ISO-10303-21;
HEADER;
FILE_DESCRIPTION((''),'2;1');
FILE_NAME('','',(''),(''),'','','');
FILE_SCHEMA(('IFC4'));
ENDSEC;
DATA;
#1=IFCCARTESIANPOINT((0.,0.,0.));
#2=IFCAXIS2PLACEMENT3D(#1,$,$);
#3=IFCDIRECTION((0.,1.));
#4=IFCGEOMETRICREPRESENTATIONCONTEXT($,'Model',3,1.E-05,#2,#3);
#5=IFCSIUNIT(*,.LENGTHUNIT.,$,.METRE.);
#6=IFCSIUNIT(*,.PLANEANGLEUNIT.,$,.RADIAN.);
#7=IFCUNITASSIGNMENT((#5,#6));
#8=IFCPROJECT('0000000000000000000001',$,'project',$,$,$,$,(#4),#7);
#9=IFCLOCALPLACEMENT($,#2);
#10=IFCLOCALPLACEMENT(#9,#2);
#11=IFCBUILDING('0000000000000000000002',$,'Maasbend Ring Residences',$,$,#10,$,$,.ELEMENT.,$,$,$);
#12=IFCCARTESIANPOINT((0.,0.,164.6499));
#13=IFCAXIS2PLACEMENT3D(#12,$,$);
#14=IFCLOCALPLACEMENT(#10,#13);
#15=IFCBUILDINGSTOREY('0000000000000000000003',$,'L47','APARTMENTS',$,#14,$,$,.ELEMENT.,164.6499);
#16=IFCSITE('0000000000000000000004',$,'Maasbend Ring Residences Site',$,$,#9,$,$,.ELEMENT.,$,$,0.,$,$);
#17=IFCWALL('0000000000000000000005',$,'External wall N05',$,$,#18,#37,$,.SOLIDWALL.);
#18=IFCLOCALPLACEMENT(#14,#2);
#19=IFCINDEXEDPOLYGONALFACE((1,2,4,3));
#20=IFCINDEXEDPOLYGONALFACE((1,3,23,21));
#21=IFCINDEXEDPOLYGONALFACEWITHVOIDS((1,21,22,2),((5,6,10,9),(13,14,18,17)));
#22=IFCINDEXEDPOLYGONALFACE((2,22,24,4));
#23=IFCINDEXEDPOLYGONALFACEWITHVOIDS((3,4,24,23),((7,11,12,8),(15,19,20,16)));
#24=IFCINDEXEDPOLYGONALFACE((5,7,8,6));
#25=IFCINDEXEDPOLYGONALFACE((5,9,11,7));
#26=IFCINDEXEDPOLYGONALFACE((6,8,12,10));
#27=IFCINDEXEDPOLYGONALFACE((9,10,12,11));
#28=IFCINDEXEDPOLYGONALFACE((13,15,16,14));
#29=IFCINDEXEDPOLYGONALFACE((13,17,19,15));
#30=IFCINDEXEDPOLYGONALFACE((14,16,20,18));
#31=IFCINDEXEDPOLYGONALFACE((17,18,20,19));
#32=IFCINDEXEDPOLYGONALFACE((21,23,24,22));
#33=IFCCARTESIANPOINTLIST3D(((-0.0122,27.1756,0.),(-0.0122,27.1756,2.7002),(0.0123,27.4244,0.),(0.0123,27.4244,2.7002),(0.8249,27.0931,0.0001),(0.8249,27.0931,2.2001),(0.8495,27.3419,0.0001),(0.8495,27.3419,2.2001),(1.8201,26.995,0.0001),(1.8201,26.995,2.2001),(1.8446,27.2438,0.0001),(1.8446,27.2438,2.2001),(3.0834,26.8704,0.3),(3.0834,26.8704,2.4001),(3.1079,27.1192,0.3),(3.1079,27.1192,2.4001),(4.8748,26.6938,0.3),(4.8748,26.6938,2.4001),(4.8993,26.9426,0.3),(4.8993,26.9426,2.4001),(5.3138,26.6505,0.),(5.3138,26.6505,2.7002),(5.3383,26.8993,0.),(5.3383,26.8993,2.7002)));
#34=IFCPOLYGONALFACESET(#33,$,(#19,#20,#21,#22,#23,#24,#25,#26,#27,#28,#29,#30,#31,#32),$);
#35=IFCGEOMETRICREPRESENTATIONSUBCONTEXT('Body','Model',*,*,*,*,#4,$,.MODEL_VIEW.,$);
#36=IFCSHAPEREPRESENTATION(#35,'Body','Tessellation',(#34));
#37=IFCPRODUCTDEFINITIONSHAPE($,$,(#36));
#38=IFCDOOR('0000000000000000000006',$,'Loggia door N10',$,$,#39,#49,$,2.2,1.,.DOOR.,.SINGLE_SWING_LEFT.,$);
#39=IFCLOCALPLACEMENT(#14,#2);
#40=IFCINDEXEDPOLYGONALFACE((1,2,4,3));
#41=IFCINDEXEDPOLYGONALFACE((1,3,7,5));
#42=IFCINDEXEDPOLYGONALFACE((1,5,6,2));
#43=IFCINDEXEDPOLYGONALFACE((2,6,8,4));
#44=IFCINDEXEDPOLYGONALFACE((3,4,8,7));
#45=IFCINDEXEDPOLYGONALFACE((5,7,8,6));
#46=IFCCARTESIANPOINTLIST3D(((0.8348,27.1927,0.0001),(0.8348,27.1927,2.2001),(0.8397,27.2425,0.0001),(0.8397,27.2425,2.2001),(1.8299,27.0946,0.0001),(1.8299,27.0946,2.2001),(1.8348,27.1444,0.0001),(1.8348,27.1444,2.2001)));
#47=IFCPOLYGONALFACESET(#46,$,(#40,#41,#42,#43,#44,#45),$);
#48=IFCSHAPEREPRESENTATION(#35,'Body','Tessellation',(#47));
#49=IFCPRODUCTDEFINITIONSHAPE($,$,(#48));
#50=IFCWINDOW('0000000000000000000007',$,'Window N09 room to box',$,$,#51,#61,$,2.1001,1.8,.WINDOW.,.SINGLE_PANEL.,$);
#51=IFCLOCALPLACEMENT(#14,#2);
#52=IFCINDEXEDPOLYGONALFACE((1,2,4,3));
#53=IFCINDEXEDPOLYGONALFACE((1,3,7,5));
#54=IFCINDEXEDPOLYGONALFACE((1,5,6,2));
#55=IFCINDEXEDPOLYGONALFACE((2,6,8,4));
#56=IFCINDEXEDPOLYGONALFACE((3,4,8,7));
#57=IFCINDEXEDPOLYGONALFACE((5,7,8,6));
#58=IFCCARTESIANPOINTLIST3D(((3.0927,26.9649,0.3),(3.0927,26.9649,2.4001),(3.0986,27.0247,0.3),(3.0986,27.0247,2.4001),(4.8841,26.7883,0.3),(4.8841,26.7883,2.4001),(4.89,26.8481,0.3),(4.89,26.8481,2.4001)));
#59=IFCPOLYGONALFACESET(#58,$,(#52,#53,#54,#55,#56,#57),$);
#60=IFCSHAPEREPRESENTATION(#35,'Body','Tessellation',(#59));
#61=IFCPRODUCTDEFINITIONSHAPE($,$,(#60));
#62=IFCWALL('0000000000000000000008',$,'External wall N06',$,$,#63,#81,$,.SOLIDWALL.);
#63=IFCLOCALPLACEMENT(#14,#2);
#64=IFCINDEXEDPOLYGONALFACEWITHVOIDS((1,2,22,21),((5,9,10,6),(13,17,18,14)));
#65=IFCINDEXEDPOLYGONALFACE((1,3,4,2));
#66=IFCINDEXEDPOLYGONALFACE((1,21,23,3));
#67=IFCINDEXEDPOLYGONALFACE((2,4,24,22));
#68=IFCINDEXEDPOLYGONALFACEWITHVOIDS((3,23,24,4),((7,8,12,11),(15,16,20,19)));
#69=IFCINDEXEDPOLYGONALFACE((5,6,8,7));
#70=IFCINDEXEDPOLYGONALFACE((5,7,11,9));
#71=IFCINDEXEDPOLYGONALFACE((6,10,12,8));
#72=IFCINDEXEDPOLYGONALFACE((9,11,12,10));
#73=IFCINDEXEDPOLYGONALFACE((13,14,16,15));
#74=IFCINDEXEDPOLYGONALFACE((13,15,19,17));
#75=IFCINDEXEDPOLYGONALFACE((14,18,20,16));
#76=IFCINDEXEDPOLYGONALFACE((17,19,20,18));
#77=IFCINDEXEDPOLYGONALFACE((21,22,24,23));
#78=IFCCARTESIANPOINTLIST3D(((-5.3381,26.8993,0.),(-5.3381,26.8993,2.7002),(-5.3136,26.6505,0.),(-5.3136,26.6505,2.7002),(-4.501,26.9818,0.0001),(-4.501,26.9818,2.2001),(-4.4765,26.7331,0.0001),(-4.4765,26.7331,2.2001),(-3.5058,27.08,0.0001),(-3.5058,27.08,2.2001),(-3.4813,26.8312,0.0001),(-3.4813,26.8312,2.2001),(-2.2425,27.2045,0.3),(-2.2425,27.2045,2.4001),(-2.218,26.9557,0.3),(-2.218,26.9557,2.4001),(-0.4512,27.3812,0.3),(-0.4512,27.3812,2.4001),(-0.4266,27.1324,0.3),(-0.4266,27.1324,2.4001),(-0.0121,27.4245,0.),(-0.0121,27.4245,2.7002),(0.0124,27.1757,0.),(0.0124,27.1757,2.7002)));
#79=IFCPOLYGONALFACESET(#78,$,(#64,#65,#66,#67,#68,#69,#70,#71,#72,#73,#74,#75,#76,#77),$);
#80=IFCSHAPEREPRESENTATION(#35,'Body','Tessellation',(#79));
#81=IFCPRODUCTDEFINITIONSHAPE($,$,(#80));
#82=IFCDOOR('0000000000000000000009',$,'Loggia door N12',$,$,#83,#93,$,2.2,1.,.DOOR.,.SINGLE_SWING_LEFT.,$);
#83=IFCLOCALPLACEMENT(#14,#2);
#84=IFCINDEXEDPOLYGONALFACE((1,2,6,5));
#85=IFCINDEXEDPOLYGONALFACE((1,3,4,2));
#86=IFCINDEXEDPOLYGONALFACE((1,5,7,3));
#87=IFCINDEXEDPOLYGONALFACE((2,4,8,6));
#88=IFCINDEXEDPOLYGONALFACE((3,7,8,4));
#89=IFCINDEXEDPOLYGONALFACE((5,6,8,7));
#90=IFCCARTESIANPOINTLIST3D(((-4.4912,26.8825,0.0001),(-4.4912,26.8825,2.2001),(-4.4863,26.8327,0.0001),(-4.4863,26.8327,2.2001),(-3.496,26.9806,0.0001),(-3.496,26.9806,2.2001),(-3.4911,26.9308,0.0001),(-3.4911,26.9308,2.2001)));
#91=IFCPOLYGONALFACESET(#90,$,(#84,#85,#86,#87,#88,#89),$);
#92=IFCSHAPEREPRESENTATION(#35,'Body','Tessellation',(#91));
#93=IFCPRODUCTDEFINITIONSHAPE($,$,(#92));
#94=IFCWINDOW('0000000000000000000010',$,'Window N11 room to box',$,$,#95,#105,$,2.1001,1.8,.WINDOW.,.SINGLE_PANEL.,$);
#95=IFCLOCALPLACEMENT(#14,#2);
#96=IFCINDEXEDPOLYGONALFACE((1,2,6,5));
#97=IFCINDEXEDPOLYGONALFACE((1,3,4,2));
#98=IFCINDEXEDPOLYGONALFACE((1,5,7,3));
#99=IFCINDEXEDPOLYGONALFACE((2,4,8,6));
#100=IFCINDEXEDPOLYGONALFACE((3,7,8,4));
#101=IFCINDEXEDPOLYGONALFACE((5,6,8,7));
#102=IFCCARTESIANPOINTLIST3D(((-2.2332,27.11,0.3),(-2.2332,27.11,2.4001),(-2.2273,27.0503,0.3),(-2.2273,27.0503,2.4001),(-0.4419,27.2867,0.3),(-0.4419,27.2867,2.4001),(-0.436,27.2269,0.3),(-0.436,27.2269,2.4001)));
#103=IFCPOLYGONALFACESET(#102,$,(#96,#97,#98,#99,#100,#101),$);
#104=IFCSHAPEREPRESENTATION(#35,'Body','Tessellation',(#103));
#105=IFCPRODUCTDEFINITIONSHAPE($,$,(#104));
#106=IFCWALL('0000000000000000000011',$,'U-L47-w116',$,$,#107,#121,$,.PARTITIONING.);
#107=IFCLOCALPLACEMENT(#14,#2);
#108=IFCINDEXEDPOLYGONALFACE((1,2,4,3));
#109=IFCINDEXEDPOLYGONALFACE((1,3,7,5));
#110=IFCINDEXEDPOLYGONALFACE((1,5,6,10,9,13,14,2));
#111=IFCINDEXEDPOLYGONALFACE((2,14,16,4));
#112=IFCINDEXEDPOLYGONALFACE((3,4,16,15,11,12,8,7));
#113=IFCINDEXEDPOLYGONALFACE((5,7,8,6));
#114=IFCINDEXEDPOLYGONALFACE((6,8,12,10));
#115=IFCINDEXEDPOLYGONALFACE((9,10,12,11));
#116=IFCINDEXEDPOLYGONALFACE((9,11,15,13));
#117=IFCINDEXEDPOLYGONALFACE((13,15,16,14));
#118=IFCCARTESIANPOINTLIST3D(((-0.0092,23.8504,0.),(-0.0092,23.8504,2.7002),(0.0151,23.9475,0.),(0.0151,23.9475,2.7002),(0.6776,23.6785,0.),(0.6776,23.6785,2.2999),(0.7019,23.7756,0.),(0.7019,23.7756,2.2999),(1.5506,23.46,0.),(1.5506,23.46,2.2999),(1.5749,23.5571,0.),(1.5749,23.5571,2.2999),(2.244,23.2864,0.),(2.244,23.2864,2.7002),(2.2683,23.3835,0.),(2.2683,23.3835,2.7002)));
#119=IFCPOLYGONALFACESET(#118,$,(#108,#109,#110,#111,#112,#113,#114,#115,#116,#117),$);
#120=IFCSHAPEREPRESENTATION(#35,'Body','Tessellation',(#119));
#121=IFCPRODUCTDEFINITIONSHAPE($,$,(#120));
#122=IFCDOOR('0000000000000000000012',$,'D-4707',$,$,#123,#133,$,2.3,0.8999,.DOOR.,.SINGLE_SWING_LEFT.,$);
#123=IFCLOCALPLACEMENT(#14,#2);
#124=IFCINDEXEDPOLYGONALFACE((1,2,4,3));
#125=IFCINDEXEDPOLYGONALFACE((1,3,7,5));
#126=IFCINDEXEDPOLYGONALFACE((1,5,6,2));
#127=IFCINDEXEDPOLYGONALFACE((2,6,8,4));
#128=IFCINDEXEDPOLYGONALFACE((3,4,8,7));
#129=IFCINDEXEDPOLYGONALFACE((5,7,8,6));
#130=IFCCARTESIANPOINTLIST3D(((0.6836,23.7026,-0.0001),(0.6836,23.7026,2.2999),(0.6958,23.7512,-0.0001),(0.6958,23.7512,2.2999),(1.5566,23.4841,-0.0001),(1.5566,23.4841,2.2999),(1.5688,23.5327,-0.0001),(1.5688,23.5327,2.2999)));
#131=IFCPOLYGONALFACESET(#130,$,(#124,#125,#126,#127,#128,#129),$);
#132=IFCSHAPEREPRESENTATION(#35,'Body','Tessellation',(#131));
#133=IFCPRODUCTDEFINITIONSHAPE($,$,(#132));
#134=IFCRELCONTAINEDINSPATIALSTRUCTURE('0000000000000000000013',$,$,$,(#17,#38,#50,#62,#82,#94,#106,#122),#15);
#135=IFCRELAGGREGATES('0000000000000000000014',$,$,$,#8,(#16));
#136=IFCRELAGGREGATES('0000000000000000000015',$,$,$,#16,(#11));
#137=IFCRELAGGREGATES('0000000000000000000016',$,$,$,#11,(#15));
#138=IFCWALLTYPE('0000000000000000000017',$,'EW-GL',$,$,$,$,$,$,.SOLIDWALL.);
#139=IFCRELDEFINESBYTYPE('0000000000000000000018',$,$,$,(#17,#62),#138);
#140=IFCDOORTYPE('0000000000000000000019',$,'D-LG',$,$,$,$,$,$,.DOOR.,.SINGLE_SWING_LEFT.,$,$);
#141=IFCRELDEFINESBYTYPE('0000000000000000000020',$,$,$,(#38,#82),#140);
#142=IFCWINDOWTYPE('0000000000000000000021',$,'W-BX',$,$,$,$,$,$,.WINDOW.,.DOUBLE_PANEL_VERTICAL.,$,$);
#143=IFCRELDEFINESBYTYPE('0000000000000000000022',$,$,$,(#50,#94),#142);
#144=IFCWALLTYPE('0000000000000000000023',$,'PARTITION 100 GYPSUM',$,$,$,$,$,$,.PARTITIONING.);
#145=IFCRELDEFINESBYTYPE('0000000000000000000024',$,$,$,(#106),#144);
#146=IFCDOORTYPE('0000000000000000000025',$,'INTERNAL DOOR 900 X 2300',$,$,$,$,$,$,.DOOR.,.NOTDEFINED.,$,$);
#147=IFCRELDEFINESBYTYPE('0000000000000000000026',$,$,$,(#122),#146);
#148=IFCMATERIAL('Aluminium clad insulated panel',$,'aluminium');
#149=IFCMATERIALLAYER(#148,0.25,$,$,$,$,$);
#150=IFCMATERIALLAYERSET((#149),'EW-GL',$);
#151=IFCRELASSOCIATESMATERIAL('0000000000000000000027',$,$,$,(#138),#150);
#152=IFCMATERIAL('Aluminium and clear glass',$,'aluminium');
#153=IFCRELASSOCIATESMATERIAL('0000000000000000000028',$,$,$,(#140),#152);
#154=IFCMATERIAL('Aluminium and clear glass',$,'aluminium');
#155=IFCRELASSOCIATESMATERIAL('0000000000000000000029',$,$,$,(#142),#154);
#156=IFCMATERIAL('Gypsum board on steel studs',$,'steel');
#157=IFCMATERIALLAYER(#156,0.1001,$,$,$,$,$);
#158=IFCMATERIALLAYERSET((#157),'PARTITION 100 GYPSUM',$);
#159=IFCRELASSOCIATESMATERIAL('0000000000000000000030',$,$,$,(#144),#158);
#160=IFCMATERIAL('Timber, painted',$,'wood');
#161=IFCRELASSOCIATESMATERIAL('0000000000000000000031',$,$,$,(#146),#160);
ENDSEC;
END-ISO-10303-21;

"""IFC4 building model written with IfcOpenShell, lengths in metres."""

from ifc_helpers import new_model, si_unit, direction, frame, frame_2d, origin, place, context, subcontext, project, spatial, rectangle, extrude, material, layer, layer_set, type_object, element, fill, save


model = new_model("IFC4")

# Units and contexts
model_context = context("Model", 3, precision=1e-05, world=origin(), true_north=direction((0.0, 1.0)))
body_context = subcontext(model_context, "Body", "Model", "MODEL_VIEW")
ifc_project = project(units=[si_unit("LENGTHUNIT", "METRE"), si_unit("PLANEANGLEUNIT", "RADIAN")], contexts=[model_context])

# Site, building, storey
site_placement = place(None, origin())
site = spatial("IfcSite", under=ifc_project, at=site_placement, Name="Maasbend Ring Residences Site", CompositionType="ELEMENT", RefElevation=0.0)
building_placement = place(site_placement, origin())
building = spatial("IfcBuilding", under=site, at=building_placement, Name="Maasbend Ring Residences", CompositionType="ELEMENT")
storey_placement = place(building_placement, frame((0.0, 0.0, 164.6499)))
storey = spatial("IfcBuildingStorey", under=building, at=storey_placement, Name="L47", Description="APARTMENTS", CompositionType="ELEMENT", Elevation=164.6499)

# Walls, openings, doors, windows
ifc_material_1 = material(Name="Aluminium clad insulated panel", Category="aluminium")
ifc_layer_1 = layer(ifc_material_1, 0.25)
ifc_layer_set_1 = layer_set([ifc_layer_1], Name="EW-GL")
wall_type_1 = type_object("IfcWallType", Name="EW-GL", PredefinedType="SOLIDWALL", material=ifc_layer_set_1)
ifc_material_2 = material(Name="Aluminium and clear glass", Category="aluminium")
door_type_1 = type_object("IfcDoorType", Name="D-LG", OperationType="SINGLE_SWING_LEFT", PredefinedType="DOOR", material=ifc_material_2)
ifc_material_3 = material(Name="Aluminium and clear glass", Category="aluminium")
window_type_1 = type_object("IfcWindowType", Name="W-BX", PartitioningType="DOUBLE_PANEL_VERTICAL", PredefinedType="WINDOW", material=ifc_material_3)
wall_1_placement = place(storey_placement, frame((5.3259, 26.7749, 0.0), z_axis=(0.0, 0.0, 1.0), x_axis=(-0.995174, 0.098126, 0.0)))
wall_1 = element("IfcWall", 1, at=wall_1_placement, inside=storey, type_object=wall_type_1, Name="External wall N05", PredefinedType="SOLIDWALL", context=body_context, shape_type="SweptSolid", body=[
    extrude(rectangle(XDim=5.3518, YDim=0.25, at=frame_2d((2.6758, 0.0))), origin(), (0.0, 0.0, 1.0), 2.7002),
])
opening_1_placement = place(wall_1_placement, frame((0.4412, 0.0, 0.3)))
opening_1 = element("IfcOpeningElement", 2, at=opening_1_placement, cuts=wall_1, PredefinedType="OPENING", context=body_context, shape_type="SweptSolid", body=[
    extrude(rectangle(XDim=1.8, YDim=2.1001, at=frame_2d((0.8999, 1.05))), frame((0.0, 0.135, 0.0), z_axis=(0.0, -1.0, 0.0), x_axis=(1.0, 0.0, 0.0)), (0.0, 0.0, 1.0), 0.27),
])
opening_2_placement = place(wall_1_placement, frame((3.5105, 0.0, 0.0)))
opening_2 = element("IfcOpeningElement", 3, at=opening_2_placement, cuts=wall_1, PredefinedType="OPENING", context=body_context, shape_type="SweptSolid", body=[
    extrude(rectangle(XDim=1.0, YDim=2.2, at=frame_2d((0.5, 1.1001))), frame((0.0, 0.135, 0.0), z_axis=(0.0, -1.0, 0.0), x_axis=(1.0, 0.0, 0.0)), (0.0, 0.0, 1.0), 0.27),
])
door_1_placement = place(opening_2_placement, origin())
door_1 = element("IfcDoor", 4, at=door_1_placement, inside=storey, type_object=door_type_1, Name="Loggia door N10", OperationType="SINGLE_SWING_LEFT", OverallHeight=2.2, OverallWidth=1.0, PredefinedType="DOOR", context=body_context, shape_type="SweptSolid", body=[
    extrude(rectangle(XDim=1.0, YDim=2.2, at=frame_2d((0.5, 1.1001))), frame((0.0, 0.0249, 0.0), z_axis=(0.0, -1.0, 0.0), x_axis=(1.0, 0.0, 0.0)), (0.0, 0.0, 1.0), 0.05),
])
fill(opening_2, door_1)
window_1_placement = place(opening_1_placement, origin())
window_1 = element("IfcWindow", 5, at=window_1_placement, inside=storey, type_object=window_type_1, Name="Window N09 room to box", OverallHeight=2.1001, OverallWidth=1.8, PartitioningType="SINGLE_PANEL", PredefinedType="WINDOW", context=body_context, shape_type="SweptSolid", body=[
    extrude(rectangle(XDim=1.8, YDim=2.1001, at=frame_2d((0.8999, 1.05))), frame((0.0, 0.03, 0.0), z_axis=(0.0, -1.0, 0.0), x_axis=(1.0, 0.0, 0.0)), (0.0, 0.0, 1.0), 0.0601),
])
fill(opening_1, window_1)
wall_2_placement = place(storey_placement, frame((0.0, 27.3, 0.0), z_axis=(0.0, 0.0, 1.0), x_axis=(-0.995174, -0.098126, 0.0)))
wall_2 = element("IfcWall", 6, at=wall_2_placement, inside=storey, type_object=wall_type_1, Name="External wall N06", PredefinedType="SOLIDWALL", context=body_context, shape_type="SweptSolid", body=[
    extrude(rectangle(XDim=5.3518, YDim=0.25, at=frame_2d((2.6758, 0.0))), origin(), (0.0, 0.0, 1.0), 2.7002),
])
opening_3_placement = place(wall_2_placement, frame((0.4412, 0.0, 0.3)))
opening_3 = element("IfcOpeningElement", 7, at=opening_3_placement, cuts=wall_2, PredefinedType="OPENING", context=body_context, shape_type="SweptSolid", body=[
    extrude(rectangle(XDim=1.8, YDim=2.1001, at=frame_2d((0.8999, 1.05))), frame((0.0, 0.135, 0.0), z_axis=(0.0, -1.0, 0.0), x_axis=(1.0, 0.0, 0.0)), (0.0, 0.0, 1.0), 0.27),
])
opening_4_placement = place(wall_2_placement, frame((3.5105, 0.0, 0.0)))
opening_4 = element("IfcOpeningElement", 8, at=opening_4_placement, cuts=wall_2, PredefinedType="OPENING", context=body_context, shape_type="SweptSolid", body=[
    extrude(rectangle(XDim=1.0, YDim=2.2, at=frame_2d((0.5, 1.1001))), frame((0.0, 0.135, 0.0), z_axis=(0.0, -1.0, 0.0), x_axis=(1.0, 0.0, 0.0)), (0.0, 0.0, 1.0), 0.27),
])
door_2_placement = place(opening_4_placement, origin())
door_2 = element("IfcDoor", 9, at=door_2_placement, inside=storey, type_object=door_type_1, Name="Loggia door N12", OperationType="SINGLE_SWING_LEFT", OverallHeight=2.2, OverallWidth=1.0, PredefinedType="DOOR", context=body_context, shape_type="SweptSolid", body=[
    extrude(rectangle(XDim=1.0, YDim=2.2, at=frame_2d((0.5, 1.1001))), frame((0.0, 0.0249, 0.0), z_axis=(0.0, -1.0, 0.0), x_axis=(1.0, 0.0, 0.0)), (0.0, 0.0, 1.0), 0.05),
])
fill(opening_4, door_2)
window_2_placement = place(opening_3_placement, origin())
window_2 = element("IfcWindow", 10, at=window_2_placement, inside=storey, type_object=window_type_1, Name="Window N11 room to box", OverallHeight=2.1001, OverallWidth=1.8, PartitioningType="SINGLE_PANEL", PredefinedType="WINDOW", context=body_context, shape_type="SweptSolid", body=[
    extrude(rectangle(XDim=1.8, YDim=2.1001, at=frame_2d((0.8999, 1.05))), frame((0.0, 0.03, 0.0), z_axis=(0.0, -1.0, 0.0), x_axis=(1.0, 0.0, 0.0)), (0.0, 0.0, 1.0), 0.0601),
])
fill(opening_3, window_2)

# Wall, opening, door
ifc_material_4 = material(Name="Gypsum board on steel studs", Category="steel")
ifc_layer_2 = layer(ifc_material_4, 0.1001)
ifc_layer_set_2 = layer_set([ifc_layer_2], Name="PARTITION 100 GYPSUM")
wall_type_2 = type_object("IfcWallType", Name="PARTITION 100 GYPSUM", PredefinedType="PARTITIONING", material=ifc_layer_set_2)
wall_3_placement = place(storey_placement, frame((0.0029, 23.8989, 0.0), z_axis=(0.0, 0.0, 1.0), x_axis=(0.970074, -0.242808, 0.0)))
wall_3 = element("IfcWall", 11, at=wall_3_placement, inside=storey, type_object=wall_type_2, Name="U-L47-w116", PredefinedType="PARTITIONING", context=body_context, shape_type="SweptSolid", body=[
    extrude(rectangle(XDim=2.3228, YDim=0.1001, at=frame_2d((1.1614, 0.0))), origin(), (0.0, 0.0, 1.0), 2.7002),
])
opening_5_placement = place(wall_3_placement, frame((0.708, 0.0, 0.0)))
opening_5 = element("IfcOpeningElement", 12, at=opening_5_placement, cuts=wall_3, PredefinedType="OPENING", context=body_context, shape_type="SweptSolid", body=[
    extrude(rectangle(XDim=0.8999, YDim=2.3, at=frame_2d((0.45, 1.1499))), frame((0.0, 0.0601, 0.0), z_axis=(0.0, -1.0, 0.0), x_axis=(1.0, 0.0, 0.0)), (0.0, 0.0, 1.0), 0.1201),
])
ifc_material_5 = material(Name="Timber, painted", Category="wood")
door_type_2 = type_object("IfcDoorType", Name="INTERNAL DOOR 900 X 2300", OperationType="NOTDEFINED", PredefinedType="DOOR", material=ifc_material_5)
door_3_placement = place(opening_5_placement, origin())
door_3 = element("IfcDoor", 13, at=door_3_placement, inside=storey, type_object=door_type_2, Name="D-4707", OperationType="SINGLE_SWING_LEFT", OverallHeight=2.3, OverallWidth=0.8999, PredefinedType="DOOR", context=body_context, shape_type="SweptSolid", body=[
    extrude(rectangle(XDim=0.8999, YDim=2.3, at=frame_2d((0.45, 1.1499))), frame((0.0, 0.0249, 0.0), z_axis=(0.0, -1.0, 0.0), x_axis=(1.0, 0.0, 0.0)), (0.0, 0.0, 1.0), 0.05),
])
fill(opening_5, door_3)

save(model, "model.ifc")
